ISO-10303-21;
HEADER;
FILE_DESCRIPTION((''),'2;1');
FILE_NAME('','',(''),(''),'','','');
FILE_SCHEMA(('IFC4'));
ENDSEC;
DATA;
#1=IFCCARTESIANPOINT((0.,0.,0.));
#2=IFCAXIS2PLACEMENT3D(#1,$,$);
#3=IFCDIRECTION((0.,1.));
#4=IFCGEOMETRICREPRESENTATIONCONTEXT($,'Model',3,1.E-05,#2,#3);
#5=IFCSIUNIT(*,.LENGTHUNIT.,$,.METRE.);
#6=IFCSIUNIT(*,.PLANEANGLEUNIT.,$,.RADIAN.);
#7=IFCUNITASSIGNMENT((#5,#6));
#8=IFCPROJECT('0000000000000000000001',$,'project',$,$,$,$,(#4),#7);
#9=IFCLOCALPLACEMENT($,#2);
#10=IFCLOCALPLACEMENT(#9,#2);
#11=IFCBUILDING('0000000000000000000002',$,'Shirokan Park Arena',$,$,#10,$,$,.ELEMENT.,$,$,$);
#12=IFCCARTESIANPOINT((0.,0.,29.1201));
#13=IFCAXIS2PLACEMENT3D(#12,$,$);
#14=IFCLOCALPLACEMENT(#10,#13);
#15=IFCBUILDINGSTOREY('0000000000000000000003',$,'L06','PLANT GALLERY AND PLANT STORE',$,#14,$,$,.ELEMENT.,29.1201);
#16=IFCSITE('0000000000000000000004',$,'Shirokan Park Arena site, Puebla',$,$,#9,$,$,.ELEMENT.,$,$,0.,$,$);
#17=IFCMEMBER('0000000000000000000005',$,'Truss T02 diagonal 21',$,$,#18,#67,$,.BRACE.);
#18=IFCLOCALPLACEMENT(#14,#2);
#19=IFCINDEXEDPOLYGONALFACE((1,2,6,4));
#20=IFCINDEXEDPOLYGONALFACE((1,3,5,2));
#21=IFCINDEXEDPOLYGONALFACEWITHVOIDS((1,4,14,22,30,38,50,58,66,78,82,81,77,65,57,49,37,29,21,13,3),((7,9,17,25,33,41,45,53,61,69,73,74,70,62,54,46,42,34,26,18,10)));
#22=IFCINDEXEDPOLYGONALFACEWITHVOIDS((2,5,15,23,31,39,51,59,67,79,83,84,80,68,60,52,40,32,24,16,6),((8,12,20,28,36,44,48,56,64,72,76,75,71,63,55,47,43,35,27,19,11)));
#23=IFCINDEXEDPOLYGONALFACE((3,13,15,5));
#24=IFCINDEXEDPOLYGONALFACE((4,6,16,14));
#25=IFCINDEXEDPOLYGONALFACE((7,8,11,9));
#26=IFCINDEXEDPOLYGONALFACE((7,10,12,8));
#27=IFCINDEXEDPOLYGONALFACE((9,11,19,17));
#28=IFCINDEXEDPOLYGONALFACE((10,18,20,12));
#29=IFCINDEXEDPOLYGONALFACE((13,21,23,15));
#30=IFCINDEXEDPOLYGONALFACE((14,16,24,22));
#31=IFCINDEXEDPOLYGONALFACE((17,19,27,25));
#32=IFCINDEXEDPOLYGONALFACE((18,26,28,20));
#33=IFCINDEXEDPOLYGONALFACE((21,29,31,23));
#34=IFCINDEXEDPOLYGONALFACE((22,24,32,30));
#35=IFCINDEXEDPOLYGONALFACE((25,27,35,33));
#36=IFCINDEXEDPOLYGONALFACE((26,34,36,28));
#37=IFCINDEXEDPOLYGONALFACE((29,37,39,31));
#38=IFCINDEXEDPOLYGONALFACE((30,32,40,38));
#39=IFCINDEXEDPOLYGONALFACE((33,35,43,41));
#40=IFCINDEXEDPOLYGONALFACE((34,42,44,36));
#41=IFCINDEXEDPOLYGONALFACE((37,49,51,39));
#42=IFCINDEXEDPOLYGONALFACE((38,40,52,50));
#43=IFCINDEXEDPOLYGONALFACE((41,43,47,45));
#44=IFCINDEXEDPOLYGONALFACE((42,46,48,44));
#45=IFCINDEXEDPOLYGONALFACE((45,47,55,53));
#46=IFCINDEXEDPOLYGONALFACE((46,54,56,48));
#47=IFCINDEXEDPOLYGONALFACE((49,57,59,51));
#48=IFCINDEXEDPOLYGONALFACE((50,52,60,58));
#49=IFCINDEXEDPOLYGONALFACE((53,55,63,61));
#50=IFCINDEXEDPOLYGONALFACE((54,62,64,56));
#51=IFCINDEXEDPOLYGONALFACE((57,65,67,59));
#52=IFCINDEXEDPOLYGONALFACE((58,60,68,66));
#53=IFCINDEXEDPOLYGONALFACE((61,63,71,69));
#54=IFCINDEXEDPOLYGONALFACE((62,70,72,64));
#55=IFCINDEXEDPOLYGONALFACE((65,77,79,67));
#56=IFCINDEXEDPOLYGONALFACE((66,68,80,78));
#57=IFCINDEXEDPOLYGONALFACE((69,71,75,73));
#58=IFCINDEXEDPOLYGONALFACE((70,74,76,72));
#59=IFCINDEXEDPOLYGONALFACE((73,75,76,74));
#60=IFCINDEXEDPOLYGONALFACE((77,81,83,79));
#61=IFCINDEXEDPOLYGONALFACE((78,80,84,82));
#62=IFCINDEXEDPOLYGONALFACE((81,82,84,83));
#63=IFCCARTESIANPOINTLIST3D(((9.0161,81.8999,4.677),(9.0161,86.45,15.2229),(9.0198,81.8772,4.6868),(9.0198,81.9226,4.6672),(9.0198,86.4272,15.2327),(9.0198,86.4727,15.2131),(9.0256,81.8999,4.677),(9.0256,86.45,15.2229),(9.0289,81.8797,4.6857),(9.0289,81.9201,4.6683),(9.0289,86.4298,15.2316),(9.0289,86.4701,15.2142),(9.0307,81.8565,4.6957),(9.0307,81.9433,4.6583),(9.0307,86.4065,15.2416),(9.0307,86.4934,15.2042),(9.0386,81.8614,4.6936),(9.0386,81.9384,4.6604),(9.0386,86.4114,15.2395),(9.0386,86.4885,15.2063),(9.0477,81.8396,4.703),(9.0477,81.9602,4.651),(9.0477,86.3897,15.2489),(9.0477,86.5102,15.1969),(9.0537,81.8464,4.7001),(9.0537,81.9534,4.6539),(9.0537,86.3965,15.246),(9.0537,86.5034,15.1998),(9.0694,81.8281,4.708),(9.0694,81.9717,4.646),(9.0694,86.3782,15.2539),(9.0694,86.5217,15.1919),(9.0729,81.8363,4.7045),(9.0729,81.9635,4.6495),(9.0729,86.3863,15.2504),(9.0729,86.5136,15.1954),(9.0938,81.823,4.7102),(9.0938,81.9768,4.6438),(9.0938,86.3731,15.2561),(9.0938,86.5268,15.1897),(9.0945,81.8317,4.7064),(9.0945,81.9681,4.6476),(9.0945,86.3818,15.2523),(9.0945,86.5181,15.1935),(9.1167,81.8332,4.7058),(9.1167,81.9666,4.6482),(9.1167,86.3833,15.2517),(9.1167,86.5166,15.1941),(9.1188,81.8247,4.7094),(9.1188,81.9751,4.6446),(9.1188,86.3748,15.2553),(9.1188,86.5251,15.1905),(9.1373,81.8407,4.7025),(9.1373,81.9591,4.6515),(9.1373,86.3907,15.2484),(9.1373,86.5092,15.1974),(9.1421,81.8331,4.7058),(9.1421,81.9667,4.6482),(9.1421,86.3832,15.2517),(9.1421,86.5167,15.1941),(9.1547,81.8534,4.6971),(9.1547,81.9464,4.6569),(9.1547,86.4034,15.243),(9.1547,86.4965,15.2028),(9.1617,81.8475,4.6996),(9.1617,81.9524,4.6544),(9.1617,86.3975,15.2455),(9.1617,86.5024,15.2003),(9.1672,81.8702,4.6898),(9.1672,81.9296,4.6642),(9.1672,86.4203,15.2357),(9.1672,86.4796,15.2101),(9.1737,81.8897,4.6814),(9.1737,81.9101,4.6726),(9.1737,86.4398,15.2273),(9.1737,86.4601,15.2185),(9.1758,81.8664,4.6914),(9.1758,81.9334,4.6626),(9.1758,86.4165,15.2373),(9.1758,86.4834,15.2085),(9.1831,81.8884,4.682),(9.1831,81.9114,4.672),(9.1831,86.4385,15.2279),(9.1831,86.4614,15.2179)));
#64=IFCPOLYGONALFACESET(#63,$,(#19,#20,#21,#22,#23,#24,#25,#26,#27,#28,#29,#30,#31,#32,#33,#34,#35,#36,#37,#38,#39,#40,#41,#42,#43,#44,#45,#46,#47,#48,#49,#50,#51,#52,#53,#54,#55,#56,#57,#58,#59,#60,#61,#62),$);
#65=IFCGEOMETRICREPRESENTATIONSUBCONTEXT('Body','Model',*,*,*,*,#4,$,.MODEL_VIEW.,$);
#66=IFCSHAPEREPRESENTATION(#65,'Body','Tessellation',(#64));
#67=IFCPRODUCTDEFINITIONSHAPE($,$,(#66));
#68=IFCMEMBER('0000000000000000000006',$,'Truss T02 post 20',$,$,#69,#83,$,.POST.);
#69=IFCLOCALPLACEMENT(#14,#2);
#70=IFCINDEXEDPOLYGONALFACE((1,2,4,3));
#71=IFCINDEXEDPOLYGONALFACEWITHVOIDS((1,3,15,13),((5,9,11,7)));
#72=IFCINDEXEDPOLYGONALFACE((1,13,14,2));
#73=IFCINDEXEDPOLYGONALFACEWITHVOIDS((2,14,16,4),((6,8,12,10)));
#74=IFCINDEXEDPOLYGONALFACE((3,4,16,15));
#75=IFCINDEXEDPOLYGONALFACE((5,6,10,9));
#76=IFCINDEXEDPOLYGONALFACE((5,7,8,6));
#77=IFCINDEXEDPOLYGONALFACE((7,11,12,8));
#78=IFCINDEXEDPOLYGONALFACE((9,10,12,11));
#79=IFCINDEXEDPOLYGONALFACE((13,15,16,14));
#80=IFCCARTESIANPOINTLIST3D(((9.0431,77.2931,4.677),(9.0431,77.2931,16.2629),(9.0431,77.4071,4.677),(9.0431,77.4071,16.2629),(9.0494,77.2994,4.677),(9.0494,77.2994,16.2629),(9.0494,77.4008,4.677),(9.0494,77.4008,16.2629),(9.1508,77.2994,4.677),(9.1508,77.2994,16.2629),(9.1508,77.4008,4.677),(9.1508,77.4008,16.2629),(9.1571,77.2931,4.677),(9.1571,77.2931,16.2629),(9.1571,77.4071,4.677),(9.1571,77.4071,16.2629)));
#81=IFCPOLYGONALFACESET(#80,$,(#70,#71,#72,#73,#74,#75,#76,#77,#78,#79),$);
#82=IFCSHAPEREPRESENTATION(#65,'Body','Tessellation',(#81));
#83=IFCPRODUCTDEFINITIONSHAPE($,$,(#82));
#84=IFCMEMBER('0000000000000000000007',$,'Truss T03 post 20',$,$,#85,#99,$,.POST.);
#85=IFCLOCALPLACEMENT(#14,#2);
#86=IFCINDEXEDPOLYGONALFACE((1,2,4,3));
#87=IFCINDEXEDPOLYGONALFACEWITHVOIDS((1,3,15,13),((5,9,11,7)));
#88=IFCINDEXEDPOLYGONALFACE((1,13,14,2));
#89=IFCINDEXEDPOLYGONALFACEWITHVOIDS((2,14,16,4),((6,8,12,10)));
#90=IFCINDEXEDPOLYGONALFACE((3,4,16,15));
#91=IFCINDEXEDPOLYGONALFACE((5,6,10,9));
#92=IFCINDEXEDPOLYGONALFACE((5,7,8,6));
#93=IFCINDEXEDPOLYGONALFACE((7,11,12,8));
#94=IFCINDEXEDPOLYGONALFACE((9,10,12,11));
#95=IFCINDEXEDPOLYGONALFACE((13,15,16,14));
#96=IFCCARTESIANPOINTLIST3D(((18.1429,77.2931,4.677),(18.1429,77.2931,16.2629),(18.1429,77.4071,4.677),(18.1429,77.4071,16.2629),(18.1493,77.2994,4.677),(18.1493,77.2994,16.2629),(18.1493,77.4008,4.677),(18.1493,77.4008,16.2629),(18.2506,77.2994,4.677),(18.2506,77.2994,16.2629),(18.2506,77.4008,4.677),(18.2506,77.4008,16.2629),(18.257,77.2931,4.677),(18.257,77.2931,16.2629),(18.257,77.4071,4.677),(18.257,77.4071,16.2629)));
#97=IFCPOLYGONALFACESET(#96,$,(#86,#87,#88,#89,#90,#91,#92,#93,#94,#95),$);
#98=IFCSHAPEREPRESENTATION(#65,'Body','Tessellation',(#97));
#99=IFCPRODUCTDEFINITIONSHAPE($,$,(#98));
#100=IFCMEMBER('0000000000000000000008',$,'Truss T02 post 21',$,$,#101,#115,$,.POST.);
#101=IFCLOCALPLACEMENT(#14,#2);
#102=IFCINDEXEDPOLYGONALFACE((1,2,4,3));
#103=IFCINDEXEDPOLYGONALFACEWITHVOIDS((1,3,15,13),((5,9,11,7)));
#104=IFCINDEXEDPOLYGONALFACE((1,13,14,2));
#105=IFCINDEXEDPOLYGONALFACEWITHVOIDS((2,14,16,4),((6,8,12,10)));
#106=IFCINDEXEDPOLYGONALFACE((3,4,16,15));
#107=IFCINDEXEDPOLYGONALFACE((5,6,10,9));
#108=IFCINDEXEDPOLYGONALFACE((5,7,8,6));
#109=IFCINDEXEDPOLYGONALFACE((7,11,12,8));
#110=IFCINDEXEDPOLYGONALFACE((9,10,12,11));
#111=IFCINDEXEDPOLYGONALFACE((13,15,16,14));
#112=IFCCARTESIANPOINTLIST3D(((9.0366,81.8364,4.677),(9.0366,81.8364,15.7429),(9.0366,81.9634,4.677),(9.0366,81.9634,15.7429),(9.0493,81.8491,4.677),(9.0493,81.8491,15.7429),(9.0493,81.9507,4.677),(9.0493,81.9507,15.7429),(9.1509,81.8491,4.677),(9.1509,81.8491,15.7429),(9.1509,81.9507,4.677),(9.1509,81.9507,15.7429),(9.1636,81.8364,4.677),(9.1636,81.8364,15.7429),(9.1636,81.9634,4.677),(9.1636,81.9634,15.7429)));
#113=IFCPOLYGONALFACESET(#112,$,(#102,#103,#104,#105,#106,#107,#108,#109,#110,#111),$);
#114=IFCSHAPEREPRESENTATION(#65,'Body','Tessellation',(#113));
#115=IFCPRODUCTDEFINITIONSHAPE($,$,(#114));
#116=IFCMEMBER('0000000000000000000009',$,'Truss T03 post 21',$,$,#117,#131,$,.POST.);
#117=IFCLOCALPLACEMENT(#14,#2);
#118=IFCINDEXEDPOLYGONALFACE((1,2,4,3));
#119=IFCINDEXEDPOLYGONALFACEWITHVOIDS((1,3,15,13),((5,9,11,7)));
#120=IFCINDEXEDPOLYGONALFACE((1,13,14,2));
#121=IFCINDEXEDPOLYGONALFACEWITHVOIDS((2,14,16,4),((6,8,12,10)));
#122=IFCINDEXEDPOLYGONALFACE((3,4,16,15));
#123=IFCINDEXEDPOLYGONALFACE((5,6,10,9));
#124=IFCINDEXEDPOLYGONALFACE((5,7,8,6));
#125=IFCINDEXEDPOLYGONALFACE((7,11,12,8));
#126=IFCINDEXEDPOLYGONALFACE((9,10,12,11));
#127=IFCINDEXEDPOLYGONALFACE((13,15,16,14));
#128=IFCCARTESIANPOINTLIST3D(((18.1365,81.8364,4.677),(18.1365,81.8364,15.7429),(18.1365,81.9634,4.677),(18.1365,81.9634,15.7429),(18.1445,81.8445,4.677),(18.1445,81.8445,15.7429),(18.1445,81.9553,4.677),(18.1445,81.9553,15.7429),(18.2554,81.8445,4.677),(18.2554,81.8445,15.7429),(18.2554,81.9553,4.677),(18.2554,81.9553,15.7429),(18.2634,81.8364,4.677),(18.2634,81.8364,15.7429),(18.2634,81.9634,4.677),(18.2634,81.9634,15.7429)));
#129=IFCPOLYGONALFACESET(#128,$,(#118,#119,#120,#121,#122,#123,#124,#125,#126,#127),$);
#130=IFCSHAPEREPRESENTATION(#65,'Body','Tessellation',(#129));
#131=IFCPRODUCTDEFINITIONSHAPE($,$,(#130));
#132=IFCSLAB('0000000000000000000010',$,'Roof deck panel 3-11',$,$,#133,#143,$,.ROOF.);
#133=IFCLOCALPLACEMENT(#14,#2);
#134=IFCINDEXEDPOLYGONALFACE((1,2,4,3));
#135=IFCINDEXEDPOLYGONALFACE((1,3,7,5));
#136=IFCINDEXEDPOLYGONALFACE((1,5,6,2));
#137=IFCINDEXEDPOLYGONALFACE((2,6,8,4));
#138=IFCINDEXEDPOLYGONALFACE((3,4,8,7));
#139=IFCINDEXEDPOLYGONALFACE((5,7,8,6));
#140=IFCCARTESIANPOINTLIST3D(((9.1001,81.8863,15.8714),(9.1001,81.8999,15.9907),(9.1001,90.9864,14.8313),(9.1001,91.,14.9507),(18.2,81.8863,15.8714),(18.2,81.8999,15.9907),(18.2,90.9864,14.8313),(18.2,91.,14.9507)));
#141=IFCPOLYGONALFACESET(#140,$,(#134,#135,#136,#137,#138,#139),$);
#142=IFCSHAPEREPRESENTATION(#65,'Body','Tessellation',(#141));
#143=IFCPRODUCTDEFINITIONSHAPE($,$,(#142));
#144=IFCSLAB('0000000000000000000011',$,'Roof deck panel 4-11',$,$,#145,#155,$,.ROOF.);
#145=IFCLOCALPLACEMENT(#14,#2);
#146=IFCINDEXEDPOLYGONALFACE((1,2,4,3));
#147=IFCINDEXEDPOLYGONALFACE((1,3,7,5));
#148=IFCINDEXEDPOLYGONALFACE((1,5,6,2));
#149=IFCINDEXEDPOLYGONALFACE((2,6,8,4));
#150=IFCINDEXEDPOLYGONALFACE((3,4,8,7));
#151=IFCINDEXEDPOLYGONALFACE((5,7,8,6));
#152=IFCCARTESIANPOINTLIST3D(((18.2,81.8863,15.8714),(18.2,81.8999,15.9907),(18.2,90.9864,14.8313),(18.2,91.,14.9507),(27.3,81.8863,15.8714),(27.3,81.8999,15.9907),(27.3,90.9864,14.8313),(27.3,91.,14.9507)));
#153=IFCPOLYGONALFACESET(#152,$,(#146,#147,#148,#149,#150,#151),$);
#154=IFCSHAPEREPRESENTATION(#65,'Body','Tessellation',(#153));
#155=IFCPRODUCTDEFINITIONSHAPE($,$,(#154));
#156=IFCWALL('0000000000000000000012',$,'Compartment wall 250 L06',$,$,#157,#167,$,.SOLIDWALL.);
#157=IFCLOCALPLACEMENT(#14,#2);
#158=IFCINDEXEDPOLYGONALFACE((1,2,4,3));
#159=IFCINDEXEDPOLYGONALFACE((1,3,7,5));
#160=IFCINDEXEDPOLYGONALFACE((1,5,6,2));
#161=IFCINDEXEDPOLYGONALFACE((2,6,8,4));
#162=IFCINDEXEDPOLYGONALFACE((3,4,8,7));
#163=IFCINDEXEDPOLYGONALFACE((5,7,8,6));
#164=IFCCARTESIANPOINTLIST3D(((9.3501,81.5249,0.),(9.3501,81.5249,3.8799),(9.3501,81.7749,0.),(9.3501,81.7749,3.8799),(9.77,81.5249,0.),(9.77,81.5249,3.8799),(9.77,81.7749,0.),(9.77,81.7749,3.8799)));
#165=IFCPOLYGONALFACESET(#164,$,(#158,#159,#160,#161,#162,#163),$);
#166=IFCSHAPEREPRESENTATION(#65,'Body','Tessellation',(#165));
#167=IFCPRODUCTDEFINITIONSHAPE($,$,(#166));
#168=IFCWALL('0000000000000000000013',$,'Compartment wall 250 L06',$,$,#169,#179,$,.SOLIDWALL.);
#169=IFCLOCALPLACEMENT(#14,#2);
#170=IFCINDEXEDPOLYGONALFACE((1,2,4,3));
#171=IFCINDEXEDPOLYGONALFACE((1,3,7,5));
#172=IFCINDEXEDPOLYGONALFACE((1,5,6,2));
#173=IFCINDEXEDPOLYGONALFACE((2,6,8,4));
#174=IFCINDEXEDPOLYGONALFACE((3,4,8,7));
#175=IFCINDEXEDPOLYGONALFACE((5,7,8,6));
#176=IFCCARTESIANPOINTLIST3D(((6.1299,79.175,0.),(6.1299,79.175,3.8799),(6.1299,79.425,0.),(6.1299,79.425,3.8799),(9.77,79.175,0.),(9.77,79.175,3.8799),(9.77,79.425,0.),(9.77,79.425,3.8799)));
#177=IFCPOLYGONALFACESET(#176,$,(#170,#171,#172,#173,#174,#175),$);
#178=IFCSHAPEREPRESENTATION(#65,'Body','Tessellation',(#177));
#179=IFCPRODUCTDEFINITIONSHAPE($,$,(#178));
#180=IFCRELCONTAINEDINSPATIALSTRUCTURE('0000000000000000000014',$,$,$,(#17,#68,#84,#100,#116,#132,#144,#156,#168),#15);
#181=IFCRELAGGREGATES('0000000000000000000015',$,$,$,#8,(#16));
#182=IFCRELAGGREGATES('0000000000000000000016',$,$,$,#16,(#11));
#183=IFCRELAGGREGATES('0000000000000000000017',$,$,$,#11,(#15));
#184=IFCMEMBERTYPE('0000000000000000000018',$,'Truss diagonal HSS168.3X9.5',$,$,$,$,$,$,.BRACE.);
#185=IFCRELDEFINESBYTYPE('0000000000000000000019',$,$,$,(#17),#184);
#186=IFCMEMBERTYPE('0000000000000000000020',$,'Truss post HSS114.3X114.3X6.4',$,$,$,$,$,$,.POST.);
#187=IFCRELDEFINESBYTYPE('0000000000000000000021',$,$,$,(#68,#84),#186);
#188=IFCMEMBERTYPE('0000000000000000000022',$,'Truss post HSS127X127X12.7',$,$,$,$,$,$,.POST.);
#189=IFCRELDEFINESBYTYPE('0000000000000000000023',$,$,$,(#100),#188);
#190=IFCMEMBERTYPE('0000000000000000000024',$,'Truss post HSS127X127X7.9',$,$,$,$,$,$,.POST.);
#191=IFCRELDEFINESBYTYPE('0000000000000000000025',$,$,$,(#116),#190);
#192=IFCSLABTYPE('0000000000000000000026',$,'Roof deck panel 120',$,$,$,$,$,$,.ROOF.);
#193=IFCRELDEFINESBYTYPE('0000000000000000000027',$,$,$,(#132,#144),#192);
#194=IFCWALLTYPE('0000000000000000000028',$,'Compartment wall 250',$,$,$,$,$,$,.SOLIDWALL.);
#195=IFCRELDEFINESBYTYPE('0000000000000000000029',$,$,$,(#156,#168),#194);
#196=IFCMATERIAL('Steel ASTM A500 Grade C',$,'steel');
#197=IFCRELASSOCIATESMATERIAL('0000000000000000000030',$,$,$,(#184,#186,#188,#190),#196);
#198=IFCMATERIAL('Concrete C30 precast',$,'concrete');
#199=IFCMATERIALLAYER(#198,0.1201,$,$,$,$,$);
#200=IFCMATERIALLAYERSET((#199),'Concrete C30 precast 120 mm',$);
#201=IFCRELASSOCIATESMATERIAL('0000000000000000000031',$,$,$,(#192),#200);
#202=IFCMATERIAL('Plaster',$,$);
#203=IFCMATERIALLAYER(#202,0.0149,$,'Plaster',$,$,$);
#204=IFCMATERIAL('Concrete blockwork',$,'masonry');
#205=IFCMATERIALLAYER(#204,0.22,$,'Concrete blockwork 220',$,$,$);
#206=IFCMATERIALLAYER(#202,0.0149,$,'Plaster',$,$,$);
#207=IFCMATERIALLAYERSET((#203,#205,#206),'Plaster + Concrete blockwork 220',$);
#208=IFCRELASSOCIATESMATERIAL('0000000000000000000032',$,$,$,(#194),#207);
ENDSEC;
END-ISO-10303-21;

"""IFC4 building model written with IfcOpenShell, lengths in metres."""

from ifc_helpers import new_model, si_unit, direction, frame, frame_2d, origin, origin_2d, place, context, subcontext, project, spatial, polyline, rectangle, hollow_rectangle, hollow_circle, outline, extrude, material, layer, layer_set, material_profile, profile_set, type_object, element, save


model = new_model("IFC4")

# Units and contexts
model_context = context("Model", 3, precision=1e-05, world=origin(), true_north=direction((0.0, 1.0)))
body_context = subcontext(model_context, "Body", "Model", "MODEL_VIEW")
ifc_project = project(units=[si_unit("LENGTHUNIT", "METRE"), si_unit("PLANEANGLEUNIT", "RADIAN")], contexts=[model_context])

# Site, building, storey
site_placement = place(None, origin())
site = spatial("IfcSite", under=ifc_project, at=site_placement, Name="Shirokan Park Arena site, Puebla", CompositionType="ELEMENT", RefElevation=0.0)
building_placement = place(site_placement, origin())
building = spatial("IfcBuilding", under=site, at=building_placement, Name="Shirokan Park Arena", CompositionType="ELEMENT")
storey_placement = place(building_placement, frame((0.0, 0.0, 29.1201)))
storey = spatial("IfcBuildingStorey", under=building, at=storey_placement, Name="L06", Description="PLANT GALLERY AND PLANT STORE", CompositionType="ELEMENT", Elevation=29.1201)

# Shared definitions
ifc_material_1 = material(Name="Steel ASTM A500 Grade C", Category="steel")

# Members
ifc_material_profile_1 = material_profile(ifc_material_1, hollow_circle(Radius=0.084, WallThickness=0.0095, at=origin_2d()), Name="HSS168.3X9.5")
ifc_profile_set_1 = profile_set([ifc_material_profile_1], Name="Steel ASTM A500 Grade C")
member_type_1 = type_object("IfcMemberType", Name="Truss diagonal HSS168.3X9.5", PredefinedType="BRACE", material=ifc_profile_set_1)
member_1_placement = place(storey_placement, frame((9.1001, 81.8999, 4.677), z_axis=(0.0, 0.396153, 0.918185), x_axis=(-1.0, 0.0, 0.0)))
element("IfcMember", 1, at=member_1_placement, inside=storey, type_object=member_type_1, Name="Truss T02 diagonal 21", PredefinedType="BRACE", context=body_context, shape_type="SweptSolid", body=[
    extrude(hollow_circle(Radius=0.084, WallThickness=0.0095, at=origin_2d()), origin(), (0.0, 0.0, 1.0), 11.4856),
])
ifc_material_profile_2 = material_profile(ifc_material_1, hollow_rectangle(XDim=0.114, YDim=0.114, WallThickness=0.0063, at=origin_2d()), Name="HSS114.3X114.3X6.4")
ifc_profile_set_2 = profile_set([ifc_material_profile_2], Name="Steel ASTM A500 Grade C")
member_type_2 = type_object("IfcMemberType", Name="Truss post HSS114.3X114.3X6.4", PredefinedType="POST", material=ifc_profile_set_2)
for number, where, z_axis, x_axis, name in (
    (2, (9.1001, 77.3501, 4.677), (0.0, 0.0, 1.0), (1.0, 0.0, 0.0), "Truss T02 post 20"),
    (3, (18.2, 77.3501, 4.677), (0.0, 0.0, 1.0), (1.0, 0.0, 0.0), "Truss T03 post 20"),
):
    element("IfcMember", number, at=place(storey_placement, frame(where, z_axis=z_axis, x_axis=x_axis)), inside=storey, type_object=member_type_2, Name=name, PredefinedType="POST", context=body_context, shape_type="SweptSolid", body=[
        extrude(hollow_rectangle(XDim=0.114, YDim=0.114, WallThickness=0.0063, at=origin_2d()), origin(), (0.0, 0.0, 1.0), 11.5859),
    ])
ifc_material_profile_3 = material_profile(ifc_material_1, hollow_rectangle(XDim=0.127, YDim=0.127, WallThickness=0.0127, at=origin_2d()), Name="HSS127X127X12.7")
ifc_profile_set_3 = profile_set([ifc_material_profile_3], Name="Steel ASTM A500 Grade C")
member_type_3 = type_object("IfcMemberType", Name="Truss post HSS127X127X12.7", PredefinedType="POST", material=ifc_profile_set_3)
member_2_placement = place(storey_placement, frame((9.1001, 81.8999, 4.677), z_axis=(0.0, 0.0, 1.0), x_axis=(1.0, 0.0, 0.0)))
element("IfcMember", 4, at=member_2_placement, inside=storey, type_object=member_type_3, Name="Truss T02 post 21", PredefinedType="POST", context=body_context, shape_type="SweptSolid", body=[
    extrude(hollow_rectangle(XDim=0.127, YDim=0.127, WallThickness=0.0127, at=origin_2d()), origin(), (0.0, 0.0, 1.0), 11.0659),
])
ifc_material_profile_4 = material_profile(ifc_material_1, hollow_rectangle(XDim=0.127, YDim=0.127, WallThickness=0.0081, at=origin_2d()), Name="HSS127X127X7.9")
ifc_profile_set_4 = profile_set([ifc_material_profile_4], Name="Steel ASTM A500 Grade C")
member_type_4 = type_object("IfcMemberType", Name="Truss post HSS127X127X7.9", PredefinedType="POST", material=ifc_profile_set_4)
member_3_placement = place(storey_placement, frame((18.2, 81.8999, 4.677), z_axis=(0.0, 0.0, 1.0), x_axis=(1.0, 0.0, 0.0)))
element("IfcMember", 5, at=member_3_placement, inside=storey, type_object=member_type_4, Name="Truss T03 post 21", PredefinedType="POST", context=body_context, shape_type="SweptSolid", body=[
    extrude(hollow_rectangle(XDim=0.127, YDim=0.127, WallThickness=0.0081, at=origin_2d()), origin(), (0.0, 0.0, 1.0), 11.0659),
])

# Slabs
ifc_material_2 = material(Name="Concrete C30 precast", Category="concrete")
ifc_layer_1 = layer(ifc_material_2, 0.1201)
ifc_layer_set_1 = layer_set([ifc_layer_1], Name="Concrete C30 precast 120 mm")
slab_type = type_object("IfcSlabType", Name="Roof deck panel 120", PredefinedType="ROOF", material=ifc_layer_set_1)
slab_1_placement = place(storey_placement, frame((9.1001, 81.8999, 15.9907), z_axis=(0.0, 0.11355, 0.993532), x_axis=(1.0, 0.0, 0.0)))
element("IfcSlab", 6, at=slab_1_placement, inside=storey, type_object=slab_type, Name="Roof deck panel 3-11", PredefinedType="ROOF", context=body_context, shape_type="SweptSolid", body=[
    extrude(outline(polyline([(0.0, 0.0), (9.0999, 0.0), (9.0999, 9.1593), (0.0, 9.1593), (0.0, 0.0)])), origin(), (0.0, 0.0, -1.0), 0.1201),
])
slab_2_placement = place(storey_placement, frame((18.2, 81.8999, 15.9907), z_axis=(0.0, 0.11355, 0.993532), x_axis=(1.0, 0.0, 0.0)))
element("IfcSlab", 7, at=slab_2_placement, inside=storey, type_object=slab_type, Name="Roof deck panel 4-11", PredefinedType="ROOF", context=body_context, shape_type="SweptSolid", body=[
    extrude(outline(polyline([(0.0, 0.0), (9.1001, 0.0), (9.1001, 9.1593), (0.0, 9.1593), (0.0, 0.0)])), origin(), (0.0, 0.0, -1.0), 0.1201),
])

# Walls
ifc_material_3 = material(Name="Plaster")
ifc_layer_2 = layer(ifc_material_3, 0.0149, Name="Plaster")
ifc_material_4 = material(Name="Concrete blockwork", Category="masonry")
ifc_layer_3 = layer(ifc_material_4, 0.22, Name="Concrete blockwork 220")
ifc_layer_4 = layer(ifc_material_3, 0.0149, Name="Plaster")
ifc_layer_set_2 = layer_set([ifc_layer_2, ifc_layer_3, ifc_layer_4], Name="Plaster + Concrete blockwork 220")
wall_type_1 = type_object("IfcWallType", Name="Compartment wall 250", PredefinedType="SOLIDWALL", material=ifc_layer_set_2)
wall_1_placement = place(storey_placement, frame((9.3501, 81.6499, 0.0), z_axis=(0.0, 0.0, 1.0), x_axis=(1.0, 0.0, 0.0)))
element("IfcWall", 8, at=wall_1_placement, inside=storey, type_object=wall_type_1, Name="Compartment wall 250 L06", PredefinedType="SOLIDWALL", context=body_context, shape_type="SweptSolid", body=[
    extrude(rectangle(XDim=0.4199, YDim=0.25, at=frame_2d((0.21, 0.0))), origin(), (0.0, 0.0, 1.0), 3.8799),
])
wall_2_placement = place(storey_placement, frame((9.77, 79.3, 0.0), z_axis=(0.0, 0.0, 1.0), x_axis=(-1.0, 0.0, 0.0)))
element("IfcWall", 9, at=wall_2_placement, inside=storey, type_object=wall_type_1, Name="Compartment wall 250 L06", PredefinedType="SOLIDWALL", context=body_context, shape_type="SweptSolid", body=[
    extrude(rectangle(XDim=3.6401, YDim=0.25, at=frame_2d((1.8201, 0.0))), origin(), (0.0, 0.0, 1.0), 3.8799),
])

save(model, "model.ifc")
